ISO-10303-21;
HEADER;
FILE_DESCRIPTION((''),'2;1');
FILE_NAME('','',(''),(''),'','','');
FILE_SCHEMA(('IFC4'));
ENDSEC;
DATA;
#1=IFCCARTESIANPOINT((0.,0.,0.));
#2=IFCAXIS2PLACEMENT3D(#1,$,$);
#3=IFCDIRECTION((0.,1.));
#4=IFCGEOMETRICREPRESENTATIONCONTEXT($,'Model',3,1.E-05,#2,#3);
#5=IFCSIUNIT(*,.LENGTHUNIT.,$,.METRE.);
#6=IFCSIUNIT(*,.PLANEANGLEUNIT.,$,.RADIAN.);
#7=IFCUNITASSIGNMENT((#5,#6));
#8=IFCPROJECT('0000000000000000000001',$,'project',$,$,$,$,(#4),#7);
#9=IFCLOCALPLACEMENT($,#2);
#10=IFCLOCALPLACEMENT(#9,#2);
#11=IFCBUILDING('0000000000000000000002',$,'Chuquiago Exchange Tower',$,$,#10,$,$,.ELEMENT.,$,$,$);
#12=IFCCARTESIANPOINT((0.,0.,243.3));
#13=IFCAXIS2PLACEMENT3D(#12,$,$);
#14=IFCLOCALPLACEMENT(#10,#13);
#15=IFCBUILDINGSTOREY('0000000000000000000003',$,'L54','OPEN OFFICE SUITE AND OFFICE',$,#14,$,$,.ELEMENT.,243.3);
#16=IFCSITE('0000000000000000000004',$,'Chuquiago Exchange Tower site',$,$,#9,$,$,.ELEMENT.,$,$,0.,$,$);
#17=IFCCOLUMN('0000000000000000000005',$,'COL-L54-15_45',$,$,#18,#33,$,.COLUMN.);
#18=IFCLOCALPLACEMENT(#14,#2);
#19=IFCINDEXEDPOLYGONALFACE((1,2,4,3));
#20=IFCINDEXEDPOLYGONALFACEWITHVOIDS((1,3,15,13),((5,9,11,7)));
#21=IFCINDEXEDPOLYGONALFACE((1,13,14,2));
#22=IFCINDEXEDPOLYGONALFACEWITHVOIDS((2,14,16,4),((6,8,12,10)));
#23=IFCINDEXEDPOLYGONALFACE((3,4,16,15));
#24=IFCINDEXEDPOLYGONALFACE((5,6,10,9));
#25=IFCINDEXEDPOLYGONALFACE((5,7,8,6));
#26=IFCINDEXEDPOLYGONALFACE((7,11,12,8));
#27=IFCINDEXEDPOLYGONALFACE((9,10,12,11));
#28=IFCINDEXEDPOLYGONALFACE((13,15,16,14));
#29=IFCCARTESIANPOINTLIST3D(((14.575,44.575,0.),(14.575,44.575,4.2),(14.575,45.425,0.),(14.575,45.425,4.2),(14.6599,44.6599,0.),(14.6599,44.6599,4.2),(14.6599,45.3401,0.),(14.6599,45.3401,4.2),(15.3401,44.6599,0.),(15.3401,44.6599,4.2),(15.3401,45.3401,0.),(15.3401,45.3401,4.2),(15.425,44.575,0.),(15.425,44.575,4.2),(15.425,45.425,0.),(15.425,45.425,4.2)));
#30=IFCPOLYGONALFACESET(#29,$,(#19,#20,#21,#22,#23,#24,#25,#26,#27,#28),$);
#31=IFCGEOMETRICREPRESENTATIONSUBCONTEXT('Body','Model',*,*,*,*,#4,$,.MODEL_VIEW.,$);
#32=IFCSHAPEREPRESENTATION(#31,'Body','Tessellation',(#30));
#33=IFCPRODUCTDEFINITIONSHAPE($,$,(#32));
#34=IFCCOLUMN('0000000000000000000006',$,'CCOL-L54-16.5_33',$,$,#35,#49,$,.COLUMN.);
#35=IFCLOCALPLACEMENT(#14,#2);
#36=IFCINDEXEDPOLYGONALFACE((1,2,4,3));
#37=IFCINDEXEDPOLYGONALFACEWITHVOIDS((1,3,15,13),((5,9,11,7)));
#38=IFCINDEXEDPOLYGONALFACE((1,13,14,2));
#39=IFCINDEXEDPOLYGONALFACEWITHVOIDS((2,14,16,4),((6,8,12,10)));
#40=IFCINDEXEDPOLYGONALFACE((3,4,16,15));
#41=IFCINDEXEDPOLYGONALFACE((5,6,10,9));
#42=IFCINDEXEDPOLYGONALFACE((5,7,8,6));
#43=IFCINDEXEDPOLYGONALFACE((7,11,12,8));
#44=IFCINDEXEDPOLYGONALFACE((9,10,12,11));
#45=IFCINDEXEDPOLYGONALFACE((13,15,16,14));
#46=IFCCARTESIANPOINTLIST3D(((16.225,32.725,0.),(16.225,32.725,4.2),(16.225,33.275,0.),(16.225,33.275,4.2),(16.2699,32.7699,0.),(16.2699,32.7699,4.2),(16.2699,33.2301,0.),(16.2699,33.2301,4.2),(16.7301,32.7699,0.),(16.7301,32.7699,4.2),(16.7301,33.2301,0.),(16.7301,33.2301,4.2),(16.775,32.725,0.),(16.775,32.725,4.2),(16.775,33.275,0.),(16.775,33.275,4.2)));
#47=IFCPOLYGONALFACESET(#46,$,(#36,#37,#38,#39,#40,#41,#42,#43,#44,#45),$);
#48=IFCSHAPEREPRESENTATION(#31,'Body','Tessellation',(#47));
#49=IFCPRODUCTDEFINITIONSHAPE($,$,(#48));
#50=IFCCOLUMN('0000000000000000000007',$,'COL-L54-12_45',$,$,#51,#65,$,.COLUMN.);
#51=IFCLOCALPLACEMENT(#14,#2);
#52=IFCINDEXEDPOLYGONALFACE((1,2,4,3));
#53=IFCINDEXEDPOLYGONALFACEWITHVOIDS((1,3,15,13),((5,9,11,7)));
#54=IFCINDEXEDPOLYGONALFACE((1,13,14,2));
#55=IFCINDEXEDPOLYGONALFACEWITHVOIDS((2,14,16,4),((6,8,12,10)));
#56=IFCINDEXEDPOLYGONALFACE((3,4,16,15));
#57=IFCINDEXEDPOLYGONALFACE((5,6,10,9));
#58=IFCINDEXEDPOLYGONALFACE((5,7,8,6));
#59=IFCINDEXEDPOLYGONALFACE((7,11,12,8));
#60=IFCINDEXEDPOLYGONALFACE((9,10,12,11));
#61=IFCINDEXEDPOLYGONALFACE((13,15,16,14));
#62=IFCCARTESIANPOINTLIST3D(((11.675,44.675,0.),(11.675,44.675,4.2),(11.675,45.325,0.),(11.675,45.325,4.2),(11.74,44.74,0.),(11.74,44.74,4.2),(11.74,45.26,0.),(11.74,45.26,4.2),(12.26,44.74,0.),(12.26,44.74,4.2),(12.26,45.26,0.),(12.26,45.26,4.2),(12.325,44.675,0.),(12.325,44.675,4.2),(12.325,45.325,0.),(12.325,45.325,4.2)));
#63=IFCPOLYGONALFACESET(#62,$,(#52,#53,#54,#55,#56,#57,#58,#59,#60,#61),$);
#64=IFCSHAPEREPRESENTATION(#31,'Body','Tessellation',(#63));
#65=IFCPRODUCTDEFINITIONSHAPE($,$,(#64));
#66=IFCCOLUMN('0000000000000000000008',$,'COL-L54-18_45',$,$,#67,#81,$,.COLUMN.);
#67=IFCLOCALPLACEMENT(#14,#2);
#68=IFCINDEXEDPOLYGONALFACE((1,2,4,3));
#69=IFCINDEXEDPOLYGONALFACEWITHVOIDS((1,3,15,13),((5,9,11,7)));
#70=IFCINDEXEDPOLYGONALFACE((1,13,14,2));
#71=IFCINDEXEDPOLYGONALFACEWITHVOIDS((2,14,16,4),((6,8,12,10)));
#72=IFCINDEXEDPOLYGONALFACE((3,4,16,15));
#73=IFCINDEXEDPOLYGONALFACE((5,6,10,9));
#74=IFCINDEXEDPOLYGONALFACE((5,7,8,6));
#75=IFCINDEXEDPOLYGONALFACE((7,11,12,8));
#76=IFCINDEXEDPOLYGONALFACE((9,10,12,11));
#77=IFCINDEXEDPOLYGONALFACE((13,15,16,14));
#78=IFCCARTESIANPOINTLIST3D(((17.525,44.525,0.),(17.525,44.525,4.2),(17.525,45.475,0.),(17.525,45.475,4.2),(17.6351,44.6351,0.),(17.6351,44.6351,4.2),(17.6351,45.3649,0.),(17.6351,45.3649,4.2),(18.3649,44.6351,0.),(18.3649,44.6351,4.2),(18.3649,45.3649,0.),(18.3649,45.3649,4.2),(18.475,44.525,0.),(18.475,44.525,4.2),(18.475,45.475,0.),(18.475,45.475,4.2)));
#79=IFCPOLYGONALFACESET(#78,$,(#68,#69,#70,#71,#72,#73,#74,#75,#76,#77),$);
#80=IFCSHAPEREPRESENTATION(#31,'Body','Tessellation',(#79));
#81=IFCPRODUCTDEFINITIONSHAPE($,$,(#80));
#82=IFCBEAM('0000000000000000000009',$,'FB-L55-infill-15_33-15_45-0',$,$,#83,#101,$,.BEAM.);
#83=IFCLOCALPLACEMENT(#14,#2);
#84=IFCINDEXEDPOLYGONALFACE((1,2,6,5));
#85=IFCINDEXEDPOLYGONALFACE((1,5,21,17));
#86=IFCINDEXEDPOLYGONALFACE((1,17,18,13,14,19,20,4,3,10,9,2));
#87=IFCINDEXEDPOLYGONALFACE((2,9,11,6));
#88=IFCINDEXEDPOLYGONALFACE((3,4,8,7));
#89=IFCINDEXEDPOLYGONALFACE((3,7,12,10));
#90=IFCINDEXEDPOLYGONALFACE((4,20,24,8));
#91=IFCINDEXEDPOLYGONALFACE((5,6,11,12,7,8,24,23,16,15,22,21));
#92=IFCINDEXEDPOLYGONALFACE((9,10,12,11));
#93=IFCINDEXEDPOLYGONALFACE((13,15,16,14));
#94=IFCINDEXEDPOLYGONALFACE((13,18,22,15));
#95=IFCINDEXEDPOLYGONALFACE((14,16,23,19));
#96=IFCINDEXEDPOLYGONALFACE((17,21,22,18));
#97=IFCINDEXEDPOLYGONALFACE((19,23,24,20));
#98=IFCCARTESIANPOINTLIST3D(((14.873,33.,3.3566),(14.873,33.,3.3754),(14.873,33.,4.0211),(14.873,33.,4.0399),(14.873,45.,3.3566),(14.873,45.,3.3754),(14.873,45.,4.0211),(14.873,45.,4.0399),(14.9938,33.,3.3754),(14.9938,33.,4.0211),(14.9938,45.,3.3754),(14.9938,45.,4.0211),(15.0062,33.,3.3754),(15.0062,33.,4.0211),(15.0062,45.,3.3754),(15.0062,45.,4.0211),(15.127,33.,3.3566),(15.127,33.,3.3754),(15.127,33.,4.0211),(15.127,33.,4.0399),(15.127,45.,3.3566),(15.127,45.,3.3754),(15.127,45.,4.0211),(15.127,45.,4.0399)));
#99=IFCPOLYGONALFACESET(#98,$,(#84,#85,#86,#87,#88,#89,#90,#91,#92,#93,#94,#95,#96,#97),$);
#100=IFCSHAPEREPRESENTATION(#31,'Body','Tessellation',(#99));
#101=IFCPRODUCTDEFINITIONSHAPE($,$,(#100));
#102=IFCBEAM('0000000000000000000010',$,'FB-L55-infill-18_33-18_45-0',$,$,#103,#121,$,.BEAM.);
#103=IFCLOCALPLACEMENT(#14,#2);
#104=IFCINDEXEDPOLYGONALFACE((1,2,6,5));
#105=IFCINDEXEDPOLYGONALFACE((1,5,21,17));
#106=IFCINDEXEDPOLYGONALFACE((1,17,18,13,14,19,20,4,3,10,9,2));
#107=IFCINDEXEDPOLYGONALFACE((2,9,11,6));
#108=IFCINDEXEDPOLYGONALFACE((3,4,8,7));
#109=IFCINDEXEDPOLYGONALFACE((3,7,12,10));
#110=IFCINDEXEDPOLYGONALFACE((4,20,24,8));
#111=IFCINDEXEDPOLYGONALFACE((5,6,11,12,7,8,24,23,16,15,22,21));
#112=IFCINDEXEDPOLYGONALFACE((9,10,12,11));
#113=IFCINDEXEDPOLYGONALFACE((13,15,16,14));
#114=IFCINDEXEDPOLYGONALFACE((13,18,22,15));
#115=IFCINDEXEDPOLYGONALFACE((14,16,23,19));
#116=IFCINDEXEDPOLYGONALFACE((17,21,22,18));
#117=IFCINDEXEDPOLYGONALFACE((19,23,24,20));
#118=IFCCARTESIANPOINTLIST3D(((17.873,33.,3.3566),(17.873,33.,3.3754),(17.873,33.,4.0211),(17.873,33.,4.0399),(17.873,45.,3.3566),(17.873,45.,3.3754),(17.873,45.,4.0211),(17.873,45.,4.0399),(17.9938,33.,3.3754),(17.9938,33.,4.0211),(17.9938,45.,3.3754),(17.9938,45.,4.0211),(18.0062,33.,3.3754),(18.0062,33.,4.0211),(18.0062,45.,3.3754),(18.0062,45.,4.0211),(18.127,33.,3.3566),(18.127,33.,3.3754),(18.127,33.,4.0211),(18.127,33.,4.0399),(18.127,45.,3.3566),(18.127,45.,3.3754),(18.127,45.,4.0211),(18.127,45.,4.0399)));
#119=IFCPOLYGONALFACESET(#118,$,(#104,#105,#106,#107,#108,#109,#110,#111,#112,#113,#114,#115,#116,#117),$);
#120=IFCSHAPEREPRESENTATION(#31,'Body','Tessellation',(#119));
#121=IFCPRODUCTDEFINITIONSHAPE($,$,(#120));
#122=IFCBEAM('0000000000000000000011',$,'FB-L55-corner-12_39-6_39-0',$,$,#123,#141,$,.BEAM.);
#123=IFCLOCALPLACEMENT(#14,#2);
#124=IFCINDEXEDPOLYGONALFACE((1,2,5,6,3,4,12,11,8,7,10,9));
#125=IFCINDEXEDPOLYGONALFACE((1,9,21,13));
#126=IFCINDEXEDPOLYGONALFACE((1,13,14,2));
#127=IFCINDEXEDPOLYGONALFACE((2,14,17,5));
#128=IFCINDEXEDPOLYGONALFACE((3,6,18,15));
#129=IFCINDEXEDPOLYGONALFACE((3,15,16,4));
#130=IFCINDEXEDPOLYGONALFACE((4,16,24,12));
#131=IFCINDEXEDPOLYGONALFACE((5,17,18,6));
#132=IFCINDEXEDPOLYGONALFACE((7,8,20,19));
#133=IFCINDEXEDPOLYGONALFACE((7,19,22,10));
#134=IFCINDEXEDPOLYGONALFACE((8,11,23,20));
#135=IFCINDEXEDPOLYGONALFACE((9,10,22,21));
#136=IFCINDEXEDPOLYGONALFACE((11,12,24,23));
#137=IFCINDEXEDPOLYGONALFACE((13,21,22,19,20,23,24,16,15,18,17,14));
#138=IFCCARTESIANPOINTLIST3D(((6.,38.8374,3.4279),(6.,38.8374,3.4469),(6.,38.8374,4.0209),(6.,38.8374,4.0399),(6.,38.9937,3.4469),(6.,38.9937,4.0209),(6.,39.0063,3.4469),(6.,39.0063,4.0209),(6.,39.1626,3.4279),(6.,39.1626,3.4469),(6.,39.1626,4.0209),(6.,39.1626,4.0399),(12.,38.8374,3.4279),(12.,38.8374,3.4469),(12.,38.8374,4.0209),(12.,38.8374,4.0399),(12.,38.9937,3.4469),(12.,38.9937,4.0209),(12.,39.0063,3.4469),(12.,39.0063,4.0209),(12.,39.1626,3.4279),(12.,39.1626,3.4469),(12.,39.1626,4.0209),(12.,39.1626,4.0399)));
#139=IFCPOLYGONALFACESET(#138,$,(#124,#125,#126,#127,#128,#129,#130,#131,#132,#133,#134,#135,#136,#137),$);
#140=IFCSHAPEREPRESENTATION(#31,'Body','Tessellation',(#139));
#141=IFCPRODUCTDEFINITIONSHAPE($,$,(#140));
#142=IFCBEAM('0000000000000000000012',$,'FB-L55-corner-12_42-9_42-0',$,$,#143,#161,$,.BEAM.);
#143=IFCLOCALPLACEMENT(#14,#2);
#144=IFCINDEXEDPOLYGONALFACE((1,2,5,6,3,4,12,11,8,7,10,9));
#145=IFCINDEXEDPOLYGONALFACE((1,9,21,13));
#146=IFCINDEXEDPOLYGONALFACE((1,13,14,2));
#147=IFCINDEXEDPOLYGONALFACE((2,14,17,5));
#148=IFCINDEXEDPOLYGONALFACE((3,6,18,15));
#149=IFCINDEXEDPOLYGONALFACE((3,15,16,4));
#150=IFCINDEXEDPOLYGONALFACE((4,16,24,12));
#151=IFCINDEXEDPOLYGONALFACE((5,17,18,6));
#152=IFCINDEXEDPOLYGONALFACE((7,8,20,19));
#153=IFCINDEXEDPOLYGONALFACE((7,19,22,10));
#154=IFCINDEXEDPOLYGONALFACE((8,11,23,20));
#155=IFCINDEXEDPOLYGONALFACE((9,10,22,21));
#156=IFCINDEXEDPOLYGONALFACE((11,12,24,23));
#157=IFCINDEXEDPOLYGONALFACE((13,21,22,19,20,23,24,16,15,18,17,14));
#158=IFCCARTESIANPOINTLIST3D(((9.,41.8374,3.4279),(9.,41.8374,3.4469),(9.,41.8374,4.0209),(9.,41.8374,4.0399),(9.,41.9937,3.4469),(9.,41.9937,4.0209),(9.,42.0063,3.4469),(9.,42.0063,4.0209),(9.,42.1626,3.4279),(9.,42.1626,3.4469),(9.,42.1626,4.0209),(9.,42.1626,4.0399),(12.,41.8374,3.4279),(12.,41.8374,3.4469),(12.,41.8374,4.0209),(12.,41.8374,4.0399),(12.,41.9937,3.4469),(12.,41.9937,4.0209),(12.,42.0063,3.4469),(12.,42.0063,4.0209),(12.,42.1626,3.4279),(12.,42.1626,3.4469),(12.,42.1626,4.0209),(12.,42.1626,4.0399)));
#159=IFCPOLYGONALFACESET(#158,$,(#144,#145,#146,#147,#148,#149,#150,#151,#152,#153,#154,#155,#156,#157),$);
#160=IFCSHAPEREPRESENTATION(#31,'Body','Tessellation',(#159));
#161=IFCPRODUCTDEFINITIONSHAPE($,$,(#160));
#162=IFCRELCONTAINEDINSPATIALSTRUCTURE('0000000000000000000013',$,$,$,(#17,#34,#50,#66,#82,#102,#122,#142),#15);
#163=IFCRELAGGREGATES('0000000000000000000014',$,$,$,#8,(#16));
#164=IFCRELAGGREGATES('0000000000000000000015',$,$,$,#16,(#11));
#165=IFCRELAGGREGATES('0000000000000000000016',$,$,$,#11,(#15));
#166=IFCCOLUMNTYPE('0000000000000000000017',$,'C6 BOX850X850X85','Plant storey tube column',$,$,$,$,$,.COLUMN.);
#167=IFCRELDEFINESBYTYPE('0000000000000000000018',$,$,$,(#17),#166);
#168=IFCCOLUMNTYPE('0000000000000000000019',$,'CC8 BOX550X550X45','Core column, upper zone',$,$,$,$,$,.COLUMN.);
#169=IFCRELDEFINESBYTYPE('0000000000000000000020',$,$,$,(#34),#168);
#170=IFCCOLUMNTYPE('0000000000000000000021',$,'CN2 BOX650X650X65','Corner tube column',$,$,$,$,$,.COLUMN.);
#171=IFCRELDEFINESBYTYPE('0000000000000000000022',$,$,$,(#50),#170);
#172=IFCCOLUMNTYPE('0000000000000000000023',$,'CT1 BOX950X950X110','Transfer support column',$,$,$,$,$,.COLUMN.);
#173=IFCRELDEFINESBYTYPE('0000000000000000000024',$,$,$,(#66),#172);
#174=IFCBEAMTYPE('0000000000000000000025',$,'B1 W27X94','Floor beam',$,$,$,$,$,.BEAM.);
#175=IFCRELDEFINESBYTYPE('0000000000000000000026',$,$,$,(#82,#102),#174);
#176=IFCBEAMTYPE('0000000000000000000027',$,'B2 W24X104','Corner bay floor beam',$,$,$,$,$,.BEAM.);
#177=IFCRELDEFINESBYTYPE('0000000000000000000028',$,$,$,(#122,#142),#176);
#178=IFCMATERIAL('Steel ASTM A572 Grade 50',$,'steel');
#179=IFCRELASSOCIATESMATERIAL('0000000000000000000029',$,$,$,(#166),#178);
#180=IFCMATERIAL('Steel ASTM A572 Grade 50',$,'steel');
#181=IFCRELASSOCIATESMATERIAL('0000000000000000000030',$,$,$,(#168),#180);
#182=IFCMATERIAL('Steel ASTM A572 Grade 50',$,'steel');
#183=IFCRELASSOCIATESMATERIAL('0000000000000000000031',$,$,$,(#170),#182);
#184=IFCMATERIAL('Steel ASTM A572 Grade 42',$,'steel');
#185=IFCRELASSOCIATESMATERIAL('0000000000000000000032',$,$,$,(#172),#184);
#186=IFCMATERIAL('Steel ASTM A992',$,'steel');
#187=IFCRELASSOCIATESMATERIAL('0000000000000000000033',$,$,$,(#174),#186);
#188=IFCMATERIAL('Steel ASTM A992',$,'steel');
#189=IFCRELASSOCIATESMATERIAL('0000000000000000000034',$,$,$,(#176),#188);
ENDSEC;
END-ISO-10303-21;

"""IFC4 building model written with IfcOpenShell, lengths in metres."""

from ifc_helpers import new_model, si_unit, direction, frame, origin, origin_2d, place, context, subcontext, project, spatial, hollow_rectangle, i_section, extrude, material, material_profile, profile_set, type_object, element, save


model = new_model("IFC4")

# Units and contexts
model_context = context("Model", 3, precision=1e-05, world=origin(), true_north=direction((0.0, 1.0)))
body_context = subcontext(model_context, "Body", "Model", "MODEL_VIEW")
ifc_project = project(units=[si_unit("LENGTHUNIT", "METRE"), si_unit("PLANEANGLEUNIT", "RADIAN")], contexts=[model_context])

# Site, building, storey
site_placement = place(None, origin())
site = spatial("IfcSite", under=ifc_project, at=site_placement, Name="Chuquiago Exchange Tower site", CompositionType="ELEMENT", RefElevation=0.0)
building_placement = place(site_placement, origin())
building = spatial("IfcBuilding", under=site, at=building_placement, Name="Chuquiago Exchange Tower", CompositionType="ELEMENT")
storey_placement = place(building_placement, frame((0.0, 0.0, 243.3)))
storey = spatial("IfcBuildingStorey", under=building, at=storey_placement, Name="L54", Description="OPEN OFFICE SUITE AND OFFICE", CompositionType="ELEMENT", Elevation=243.3)

# Columns
ifc_material_1 = material(Name="Steel ASTM A572 Grade 50", Category="steel")
ifc_material_profile_1 = material_profile(ifc_material_1, hollow_rectangle(XDim=0.8501, YDim=0.8501, WallThickness=0.085, at=origin_2d()), Name="BOX850X850X85")
ifc_profile_set_1 = profile_set([ifc_material_profile_1], Name="Steel ASTM A572 Grade 50")
column_type_1 = type_object("IfcColumnType", Name="C6 BOX850X850X85", Description="Plant storey tube column", PredefinedType="COLUMN", material=ifc_profile_set_1)
column_1_placement = place(storey_placement, frame((15.0, 45.0, 0.0), z_axis=(0.0, 0.0, 1.0), x_axis=(0.0, 1.0, 0.0)))
element("IfcColumn", 1, at=column_1_placement, inside=storey, type_object=column_type_1, Name="COL-L54-15_45", PredefinedType="COLUMN", context=body_context, shape_type="SweptSolid", body=[
    extrude(hollow_rectangle(XDim=0.8501, YDim=0.8501, WallThickness=0.085, at=origin_2d()), origin(), (0.0, 0.0, 1.0), 4.2),
])
ifc_material_2 = material(Name="Steel ASTM A572 Grade 50", Category="steel")
ifc_material_profile_2 = material_profile(ifc_material_2, hollow_rectangle(XDim=0.55, YDim=0.55, WallThickness=0.0449, at=origin_2d()), Name="BOX550X550X45")
ifc_profile_set_2 = profile_set([ifc_material_profile_2], Name="Steel ASTM A572 Grade 50")
column_type_2 = type_object("IfcColumnType", Name="CC8 BOX550X550X45", Description="Core column, upper zone", PredefinedType="COLUMN", material=ifc_profile_set_2)
column_2_placement = place(storey_placement, frame((16.5, 33.0, 0.0), z_axis=(0.0, 0.0, 1.0), x_axis=(1.0, 0.0, 0.0)))
element("IfcColumn", 2, at=column_2_placement, inside=storey, type_object=column_type_2, Name="CCOL-L54-16.5_33", PredefinedType="COLUMN", context=body_context, shape_type="SweptSolid", body=[
    extrude(hollow_rectangle(XDim=0.55, YDim=0.55, WallThickness=0.0449, at=origin_2d()), origin(), (0.0, 0.0, 1.0), 4.2),
])
ifc_material_3 = material(Name="Steel ASTM A572 Grade 50", Category="steel")
ifc_material_profile_3 = material_profile(ifc_material_3, hollow_rectangle(XDim=0.6499, YDim=0.6499, WallThickness=0.0649, at=origin_2d()), Name="BOX650X650X65")
ifc_profile_set_3 = profile_set([ifc_material_profile_3], Name="Steel ASTM A572 Grade 50")
column_type_3 = type_object("IfcColumnType", Name="CN2 BOX650X650X65", Description="Corner tube column", PredefinedType="COLUMN", material=ifc_profile_set_3)
column_3_placement = place(storey_placement, frame((12.0, 45.0, 0.0), z_axis=(0.0, 0.0, 1.0), x_axis=(0.0, 1.0, 0.0)))
element("IfcColumn", 3, at=column_3_placement, inside=storey, type_object=column_type_3, Name="COL-L54-12_45", PredefinedType="COLUMN", context=body_context, shape_type="SweptSolid", body=[
    extrude(hollow_rectangle(XDim=0.6499, YDim=0.6499, WallThickness=0.0649, at=origin_2d()), origin(), (0.0, 0.0, 1.0), 4.2),
])
ifc_material_4 = material(Name="Steel ASTM A572 Grade 42", Category="steel")
ifc_material_profile_4 = material_profile(ifc_material_4, hollow_rectangle(XDim=0.95, YDim=0.95, WallThickness=0.1101, at=origin_2d()), Name="BOX950X950X110")
ifc_profile_set_4 = profile_set([ifc_material_profile_4], Name="Steel ASTM A572 Grade 42")
column_type_4 = type_object("IfcColumnType", Name="CT1 BOX950X950X110", Description="Transfer support column", PredefinedType="COLUMN", material=ifc_profile_set_4)
column_4_placement = place(storey_placement, frame((18.0, 45.0, 0.0), z_axis=(0.0, 0.0, 1.0), x_axis=(0.0, 1.0, 0.0)))
element("IfcColumn", 4, at=column_4_placement, inside=storey, type_object=column_type_4, Name="COL-L54-18_45", PredefinedType="COLUMN", context=body_context, shape_type="SweptSolid", body=[
    extrude(hollow_rectangle(XDim=0.95, YDim=0.95, WallThickness=0.1101, at=origin_2d()), origin(), (0.0, 0.0, 1.0), 4.2),
])

# Beams
ifc_material_5 = material(Name="Steel ASTM A992", Category="steel")
ifc_material_profile_5 = material_profile(ifc_material_5, i_section(OverallWidth=0.2539, OverallDepth=0.6833, WebThickness=0.0125, FlangeThickness=0.0188, at=origin_2d()), Name="W27X94")
ifc_profile_set_5 = profile_set([ifc_material_profile_5], Name="Steel ASTM A992")
beam_type_1 = type_object("IfcBeamType", Name="B1 W27X94", Description="Floor beam", PredefinedType="BEAM", material=ifc_profile_set_5)
for number, where, z_axis, x_axis, name in (
    (5, (15.0, 33.0, 3.6982), (0.0, 1.0, 0.0), (-1.0, 0.0, 0.0), "FB-L55-infill-15_33-15_45-0"),
    (6, (18.0, 33.0, 3.6982), (0.0, 1.0, 0.0), (-1.0, 0.0, 0.0), "FB-L55-infill-18_33-18_45-0"),
):
    element("IfcBeam", number, at=place(storey_placement, frame(where, z_axis=z_axis, x_axis=x_axis)), inside=storey, type_object=beam_type_1, Name=name, PredefinedType="BEAM", context=body_context, shape_type="SweptSolid", body=[
        extrude(i_section(OverallWidth=0.2539, OverallDepth=0.6833, WebThickness=0.0125, FlangeThickness=0.0188, at=origin_2d()), origin(), (0.0, 0.0, 1.0), 12.0),
    ])
ifc_material_6 = material(Name="Steel ASTM A992", Category="steel")
ifc_material_profile_6 = material_profile(ifc_material_6, i_section(OverallWidth=0.3252, OverallDepth=0.6121, WebThickness=0.0127, FlangeThickness=0.019, at=origin_2d()), Name="W24X104")
ifc_profile_set_6 = profile_set([ifc_material_profile_6], Name="Steel ASTM A992")
beam_type_2 = type_object("IfcBeamType", Name="B2 W24X104", Description="Corner bay floor beam", PredefinedType="BEAM", material=ifc_profile_set_6)
beam_1_placement = place(storey_placement, frame((12.0, 39.0, 3.7339), z_axis=(-1.0, 0.0, 0.0), x_axis=(0.0, -1.0, 0.0)))
element("IfcBeam", 7, at=beam_1_placement, inside=storey, type_object=beam_type_2, Name="FB-L55-corner-12_39-6_39-0", PredefinedType="BEAM", context=body_context, shape_type="SweptSolid", body=[
    extrude(i_section(OverallWidth=0.3252, OverallDepth=0.6121, WebThickness=0.0127, FlangeThickness=0.019, at=origin_2d()), origin(), (0.0, 0.0, 1.0), 6.0),
])
beam_2_placement = place(storey_placement, frame((12.0, 42.0, 3.7339), z_axis=(-1.0, 0.0, 0.0), x_axis=(0.0, -1.0, 0.0)))
element("IfcBeam", 8, at=beam_2_placement, inside=storey, type_object=beam_type_2, Name="FB-L55-corner-12_42-9_42-0", PredefinedType="BEAM", context=body_context, shape_type="SweptSolid", body=[
    extrude(i_section(OverallWidth=0.3252, OverallDepth=0.6121, WebThickness=0.0127, FlangeThickness=0.019, at=origin_2d()), origin(), (0.0, 0.0, 1.0), 3.0),
])

save(model, "model.ifc")
